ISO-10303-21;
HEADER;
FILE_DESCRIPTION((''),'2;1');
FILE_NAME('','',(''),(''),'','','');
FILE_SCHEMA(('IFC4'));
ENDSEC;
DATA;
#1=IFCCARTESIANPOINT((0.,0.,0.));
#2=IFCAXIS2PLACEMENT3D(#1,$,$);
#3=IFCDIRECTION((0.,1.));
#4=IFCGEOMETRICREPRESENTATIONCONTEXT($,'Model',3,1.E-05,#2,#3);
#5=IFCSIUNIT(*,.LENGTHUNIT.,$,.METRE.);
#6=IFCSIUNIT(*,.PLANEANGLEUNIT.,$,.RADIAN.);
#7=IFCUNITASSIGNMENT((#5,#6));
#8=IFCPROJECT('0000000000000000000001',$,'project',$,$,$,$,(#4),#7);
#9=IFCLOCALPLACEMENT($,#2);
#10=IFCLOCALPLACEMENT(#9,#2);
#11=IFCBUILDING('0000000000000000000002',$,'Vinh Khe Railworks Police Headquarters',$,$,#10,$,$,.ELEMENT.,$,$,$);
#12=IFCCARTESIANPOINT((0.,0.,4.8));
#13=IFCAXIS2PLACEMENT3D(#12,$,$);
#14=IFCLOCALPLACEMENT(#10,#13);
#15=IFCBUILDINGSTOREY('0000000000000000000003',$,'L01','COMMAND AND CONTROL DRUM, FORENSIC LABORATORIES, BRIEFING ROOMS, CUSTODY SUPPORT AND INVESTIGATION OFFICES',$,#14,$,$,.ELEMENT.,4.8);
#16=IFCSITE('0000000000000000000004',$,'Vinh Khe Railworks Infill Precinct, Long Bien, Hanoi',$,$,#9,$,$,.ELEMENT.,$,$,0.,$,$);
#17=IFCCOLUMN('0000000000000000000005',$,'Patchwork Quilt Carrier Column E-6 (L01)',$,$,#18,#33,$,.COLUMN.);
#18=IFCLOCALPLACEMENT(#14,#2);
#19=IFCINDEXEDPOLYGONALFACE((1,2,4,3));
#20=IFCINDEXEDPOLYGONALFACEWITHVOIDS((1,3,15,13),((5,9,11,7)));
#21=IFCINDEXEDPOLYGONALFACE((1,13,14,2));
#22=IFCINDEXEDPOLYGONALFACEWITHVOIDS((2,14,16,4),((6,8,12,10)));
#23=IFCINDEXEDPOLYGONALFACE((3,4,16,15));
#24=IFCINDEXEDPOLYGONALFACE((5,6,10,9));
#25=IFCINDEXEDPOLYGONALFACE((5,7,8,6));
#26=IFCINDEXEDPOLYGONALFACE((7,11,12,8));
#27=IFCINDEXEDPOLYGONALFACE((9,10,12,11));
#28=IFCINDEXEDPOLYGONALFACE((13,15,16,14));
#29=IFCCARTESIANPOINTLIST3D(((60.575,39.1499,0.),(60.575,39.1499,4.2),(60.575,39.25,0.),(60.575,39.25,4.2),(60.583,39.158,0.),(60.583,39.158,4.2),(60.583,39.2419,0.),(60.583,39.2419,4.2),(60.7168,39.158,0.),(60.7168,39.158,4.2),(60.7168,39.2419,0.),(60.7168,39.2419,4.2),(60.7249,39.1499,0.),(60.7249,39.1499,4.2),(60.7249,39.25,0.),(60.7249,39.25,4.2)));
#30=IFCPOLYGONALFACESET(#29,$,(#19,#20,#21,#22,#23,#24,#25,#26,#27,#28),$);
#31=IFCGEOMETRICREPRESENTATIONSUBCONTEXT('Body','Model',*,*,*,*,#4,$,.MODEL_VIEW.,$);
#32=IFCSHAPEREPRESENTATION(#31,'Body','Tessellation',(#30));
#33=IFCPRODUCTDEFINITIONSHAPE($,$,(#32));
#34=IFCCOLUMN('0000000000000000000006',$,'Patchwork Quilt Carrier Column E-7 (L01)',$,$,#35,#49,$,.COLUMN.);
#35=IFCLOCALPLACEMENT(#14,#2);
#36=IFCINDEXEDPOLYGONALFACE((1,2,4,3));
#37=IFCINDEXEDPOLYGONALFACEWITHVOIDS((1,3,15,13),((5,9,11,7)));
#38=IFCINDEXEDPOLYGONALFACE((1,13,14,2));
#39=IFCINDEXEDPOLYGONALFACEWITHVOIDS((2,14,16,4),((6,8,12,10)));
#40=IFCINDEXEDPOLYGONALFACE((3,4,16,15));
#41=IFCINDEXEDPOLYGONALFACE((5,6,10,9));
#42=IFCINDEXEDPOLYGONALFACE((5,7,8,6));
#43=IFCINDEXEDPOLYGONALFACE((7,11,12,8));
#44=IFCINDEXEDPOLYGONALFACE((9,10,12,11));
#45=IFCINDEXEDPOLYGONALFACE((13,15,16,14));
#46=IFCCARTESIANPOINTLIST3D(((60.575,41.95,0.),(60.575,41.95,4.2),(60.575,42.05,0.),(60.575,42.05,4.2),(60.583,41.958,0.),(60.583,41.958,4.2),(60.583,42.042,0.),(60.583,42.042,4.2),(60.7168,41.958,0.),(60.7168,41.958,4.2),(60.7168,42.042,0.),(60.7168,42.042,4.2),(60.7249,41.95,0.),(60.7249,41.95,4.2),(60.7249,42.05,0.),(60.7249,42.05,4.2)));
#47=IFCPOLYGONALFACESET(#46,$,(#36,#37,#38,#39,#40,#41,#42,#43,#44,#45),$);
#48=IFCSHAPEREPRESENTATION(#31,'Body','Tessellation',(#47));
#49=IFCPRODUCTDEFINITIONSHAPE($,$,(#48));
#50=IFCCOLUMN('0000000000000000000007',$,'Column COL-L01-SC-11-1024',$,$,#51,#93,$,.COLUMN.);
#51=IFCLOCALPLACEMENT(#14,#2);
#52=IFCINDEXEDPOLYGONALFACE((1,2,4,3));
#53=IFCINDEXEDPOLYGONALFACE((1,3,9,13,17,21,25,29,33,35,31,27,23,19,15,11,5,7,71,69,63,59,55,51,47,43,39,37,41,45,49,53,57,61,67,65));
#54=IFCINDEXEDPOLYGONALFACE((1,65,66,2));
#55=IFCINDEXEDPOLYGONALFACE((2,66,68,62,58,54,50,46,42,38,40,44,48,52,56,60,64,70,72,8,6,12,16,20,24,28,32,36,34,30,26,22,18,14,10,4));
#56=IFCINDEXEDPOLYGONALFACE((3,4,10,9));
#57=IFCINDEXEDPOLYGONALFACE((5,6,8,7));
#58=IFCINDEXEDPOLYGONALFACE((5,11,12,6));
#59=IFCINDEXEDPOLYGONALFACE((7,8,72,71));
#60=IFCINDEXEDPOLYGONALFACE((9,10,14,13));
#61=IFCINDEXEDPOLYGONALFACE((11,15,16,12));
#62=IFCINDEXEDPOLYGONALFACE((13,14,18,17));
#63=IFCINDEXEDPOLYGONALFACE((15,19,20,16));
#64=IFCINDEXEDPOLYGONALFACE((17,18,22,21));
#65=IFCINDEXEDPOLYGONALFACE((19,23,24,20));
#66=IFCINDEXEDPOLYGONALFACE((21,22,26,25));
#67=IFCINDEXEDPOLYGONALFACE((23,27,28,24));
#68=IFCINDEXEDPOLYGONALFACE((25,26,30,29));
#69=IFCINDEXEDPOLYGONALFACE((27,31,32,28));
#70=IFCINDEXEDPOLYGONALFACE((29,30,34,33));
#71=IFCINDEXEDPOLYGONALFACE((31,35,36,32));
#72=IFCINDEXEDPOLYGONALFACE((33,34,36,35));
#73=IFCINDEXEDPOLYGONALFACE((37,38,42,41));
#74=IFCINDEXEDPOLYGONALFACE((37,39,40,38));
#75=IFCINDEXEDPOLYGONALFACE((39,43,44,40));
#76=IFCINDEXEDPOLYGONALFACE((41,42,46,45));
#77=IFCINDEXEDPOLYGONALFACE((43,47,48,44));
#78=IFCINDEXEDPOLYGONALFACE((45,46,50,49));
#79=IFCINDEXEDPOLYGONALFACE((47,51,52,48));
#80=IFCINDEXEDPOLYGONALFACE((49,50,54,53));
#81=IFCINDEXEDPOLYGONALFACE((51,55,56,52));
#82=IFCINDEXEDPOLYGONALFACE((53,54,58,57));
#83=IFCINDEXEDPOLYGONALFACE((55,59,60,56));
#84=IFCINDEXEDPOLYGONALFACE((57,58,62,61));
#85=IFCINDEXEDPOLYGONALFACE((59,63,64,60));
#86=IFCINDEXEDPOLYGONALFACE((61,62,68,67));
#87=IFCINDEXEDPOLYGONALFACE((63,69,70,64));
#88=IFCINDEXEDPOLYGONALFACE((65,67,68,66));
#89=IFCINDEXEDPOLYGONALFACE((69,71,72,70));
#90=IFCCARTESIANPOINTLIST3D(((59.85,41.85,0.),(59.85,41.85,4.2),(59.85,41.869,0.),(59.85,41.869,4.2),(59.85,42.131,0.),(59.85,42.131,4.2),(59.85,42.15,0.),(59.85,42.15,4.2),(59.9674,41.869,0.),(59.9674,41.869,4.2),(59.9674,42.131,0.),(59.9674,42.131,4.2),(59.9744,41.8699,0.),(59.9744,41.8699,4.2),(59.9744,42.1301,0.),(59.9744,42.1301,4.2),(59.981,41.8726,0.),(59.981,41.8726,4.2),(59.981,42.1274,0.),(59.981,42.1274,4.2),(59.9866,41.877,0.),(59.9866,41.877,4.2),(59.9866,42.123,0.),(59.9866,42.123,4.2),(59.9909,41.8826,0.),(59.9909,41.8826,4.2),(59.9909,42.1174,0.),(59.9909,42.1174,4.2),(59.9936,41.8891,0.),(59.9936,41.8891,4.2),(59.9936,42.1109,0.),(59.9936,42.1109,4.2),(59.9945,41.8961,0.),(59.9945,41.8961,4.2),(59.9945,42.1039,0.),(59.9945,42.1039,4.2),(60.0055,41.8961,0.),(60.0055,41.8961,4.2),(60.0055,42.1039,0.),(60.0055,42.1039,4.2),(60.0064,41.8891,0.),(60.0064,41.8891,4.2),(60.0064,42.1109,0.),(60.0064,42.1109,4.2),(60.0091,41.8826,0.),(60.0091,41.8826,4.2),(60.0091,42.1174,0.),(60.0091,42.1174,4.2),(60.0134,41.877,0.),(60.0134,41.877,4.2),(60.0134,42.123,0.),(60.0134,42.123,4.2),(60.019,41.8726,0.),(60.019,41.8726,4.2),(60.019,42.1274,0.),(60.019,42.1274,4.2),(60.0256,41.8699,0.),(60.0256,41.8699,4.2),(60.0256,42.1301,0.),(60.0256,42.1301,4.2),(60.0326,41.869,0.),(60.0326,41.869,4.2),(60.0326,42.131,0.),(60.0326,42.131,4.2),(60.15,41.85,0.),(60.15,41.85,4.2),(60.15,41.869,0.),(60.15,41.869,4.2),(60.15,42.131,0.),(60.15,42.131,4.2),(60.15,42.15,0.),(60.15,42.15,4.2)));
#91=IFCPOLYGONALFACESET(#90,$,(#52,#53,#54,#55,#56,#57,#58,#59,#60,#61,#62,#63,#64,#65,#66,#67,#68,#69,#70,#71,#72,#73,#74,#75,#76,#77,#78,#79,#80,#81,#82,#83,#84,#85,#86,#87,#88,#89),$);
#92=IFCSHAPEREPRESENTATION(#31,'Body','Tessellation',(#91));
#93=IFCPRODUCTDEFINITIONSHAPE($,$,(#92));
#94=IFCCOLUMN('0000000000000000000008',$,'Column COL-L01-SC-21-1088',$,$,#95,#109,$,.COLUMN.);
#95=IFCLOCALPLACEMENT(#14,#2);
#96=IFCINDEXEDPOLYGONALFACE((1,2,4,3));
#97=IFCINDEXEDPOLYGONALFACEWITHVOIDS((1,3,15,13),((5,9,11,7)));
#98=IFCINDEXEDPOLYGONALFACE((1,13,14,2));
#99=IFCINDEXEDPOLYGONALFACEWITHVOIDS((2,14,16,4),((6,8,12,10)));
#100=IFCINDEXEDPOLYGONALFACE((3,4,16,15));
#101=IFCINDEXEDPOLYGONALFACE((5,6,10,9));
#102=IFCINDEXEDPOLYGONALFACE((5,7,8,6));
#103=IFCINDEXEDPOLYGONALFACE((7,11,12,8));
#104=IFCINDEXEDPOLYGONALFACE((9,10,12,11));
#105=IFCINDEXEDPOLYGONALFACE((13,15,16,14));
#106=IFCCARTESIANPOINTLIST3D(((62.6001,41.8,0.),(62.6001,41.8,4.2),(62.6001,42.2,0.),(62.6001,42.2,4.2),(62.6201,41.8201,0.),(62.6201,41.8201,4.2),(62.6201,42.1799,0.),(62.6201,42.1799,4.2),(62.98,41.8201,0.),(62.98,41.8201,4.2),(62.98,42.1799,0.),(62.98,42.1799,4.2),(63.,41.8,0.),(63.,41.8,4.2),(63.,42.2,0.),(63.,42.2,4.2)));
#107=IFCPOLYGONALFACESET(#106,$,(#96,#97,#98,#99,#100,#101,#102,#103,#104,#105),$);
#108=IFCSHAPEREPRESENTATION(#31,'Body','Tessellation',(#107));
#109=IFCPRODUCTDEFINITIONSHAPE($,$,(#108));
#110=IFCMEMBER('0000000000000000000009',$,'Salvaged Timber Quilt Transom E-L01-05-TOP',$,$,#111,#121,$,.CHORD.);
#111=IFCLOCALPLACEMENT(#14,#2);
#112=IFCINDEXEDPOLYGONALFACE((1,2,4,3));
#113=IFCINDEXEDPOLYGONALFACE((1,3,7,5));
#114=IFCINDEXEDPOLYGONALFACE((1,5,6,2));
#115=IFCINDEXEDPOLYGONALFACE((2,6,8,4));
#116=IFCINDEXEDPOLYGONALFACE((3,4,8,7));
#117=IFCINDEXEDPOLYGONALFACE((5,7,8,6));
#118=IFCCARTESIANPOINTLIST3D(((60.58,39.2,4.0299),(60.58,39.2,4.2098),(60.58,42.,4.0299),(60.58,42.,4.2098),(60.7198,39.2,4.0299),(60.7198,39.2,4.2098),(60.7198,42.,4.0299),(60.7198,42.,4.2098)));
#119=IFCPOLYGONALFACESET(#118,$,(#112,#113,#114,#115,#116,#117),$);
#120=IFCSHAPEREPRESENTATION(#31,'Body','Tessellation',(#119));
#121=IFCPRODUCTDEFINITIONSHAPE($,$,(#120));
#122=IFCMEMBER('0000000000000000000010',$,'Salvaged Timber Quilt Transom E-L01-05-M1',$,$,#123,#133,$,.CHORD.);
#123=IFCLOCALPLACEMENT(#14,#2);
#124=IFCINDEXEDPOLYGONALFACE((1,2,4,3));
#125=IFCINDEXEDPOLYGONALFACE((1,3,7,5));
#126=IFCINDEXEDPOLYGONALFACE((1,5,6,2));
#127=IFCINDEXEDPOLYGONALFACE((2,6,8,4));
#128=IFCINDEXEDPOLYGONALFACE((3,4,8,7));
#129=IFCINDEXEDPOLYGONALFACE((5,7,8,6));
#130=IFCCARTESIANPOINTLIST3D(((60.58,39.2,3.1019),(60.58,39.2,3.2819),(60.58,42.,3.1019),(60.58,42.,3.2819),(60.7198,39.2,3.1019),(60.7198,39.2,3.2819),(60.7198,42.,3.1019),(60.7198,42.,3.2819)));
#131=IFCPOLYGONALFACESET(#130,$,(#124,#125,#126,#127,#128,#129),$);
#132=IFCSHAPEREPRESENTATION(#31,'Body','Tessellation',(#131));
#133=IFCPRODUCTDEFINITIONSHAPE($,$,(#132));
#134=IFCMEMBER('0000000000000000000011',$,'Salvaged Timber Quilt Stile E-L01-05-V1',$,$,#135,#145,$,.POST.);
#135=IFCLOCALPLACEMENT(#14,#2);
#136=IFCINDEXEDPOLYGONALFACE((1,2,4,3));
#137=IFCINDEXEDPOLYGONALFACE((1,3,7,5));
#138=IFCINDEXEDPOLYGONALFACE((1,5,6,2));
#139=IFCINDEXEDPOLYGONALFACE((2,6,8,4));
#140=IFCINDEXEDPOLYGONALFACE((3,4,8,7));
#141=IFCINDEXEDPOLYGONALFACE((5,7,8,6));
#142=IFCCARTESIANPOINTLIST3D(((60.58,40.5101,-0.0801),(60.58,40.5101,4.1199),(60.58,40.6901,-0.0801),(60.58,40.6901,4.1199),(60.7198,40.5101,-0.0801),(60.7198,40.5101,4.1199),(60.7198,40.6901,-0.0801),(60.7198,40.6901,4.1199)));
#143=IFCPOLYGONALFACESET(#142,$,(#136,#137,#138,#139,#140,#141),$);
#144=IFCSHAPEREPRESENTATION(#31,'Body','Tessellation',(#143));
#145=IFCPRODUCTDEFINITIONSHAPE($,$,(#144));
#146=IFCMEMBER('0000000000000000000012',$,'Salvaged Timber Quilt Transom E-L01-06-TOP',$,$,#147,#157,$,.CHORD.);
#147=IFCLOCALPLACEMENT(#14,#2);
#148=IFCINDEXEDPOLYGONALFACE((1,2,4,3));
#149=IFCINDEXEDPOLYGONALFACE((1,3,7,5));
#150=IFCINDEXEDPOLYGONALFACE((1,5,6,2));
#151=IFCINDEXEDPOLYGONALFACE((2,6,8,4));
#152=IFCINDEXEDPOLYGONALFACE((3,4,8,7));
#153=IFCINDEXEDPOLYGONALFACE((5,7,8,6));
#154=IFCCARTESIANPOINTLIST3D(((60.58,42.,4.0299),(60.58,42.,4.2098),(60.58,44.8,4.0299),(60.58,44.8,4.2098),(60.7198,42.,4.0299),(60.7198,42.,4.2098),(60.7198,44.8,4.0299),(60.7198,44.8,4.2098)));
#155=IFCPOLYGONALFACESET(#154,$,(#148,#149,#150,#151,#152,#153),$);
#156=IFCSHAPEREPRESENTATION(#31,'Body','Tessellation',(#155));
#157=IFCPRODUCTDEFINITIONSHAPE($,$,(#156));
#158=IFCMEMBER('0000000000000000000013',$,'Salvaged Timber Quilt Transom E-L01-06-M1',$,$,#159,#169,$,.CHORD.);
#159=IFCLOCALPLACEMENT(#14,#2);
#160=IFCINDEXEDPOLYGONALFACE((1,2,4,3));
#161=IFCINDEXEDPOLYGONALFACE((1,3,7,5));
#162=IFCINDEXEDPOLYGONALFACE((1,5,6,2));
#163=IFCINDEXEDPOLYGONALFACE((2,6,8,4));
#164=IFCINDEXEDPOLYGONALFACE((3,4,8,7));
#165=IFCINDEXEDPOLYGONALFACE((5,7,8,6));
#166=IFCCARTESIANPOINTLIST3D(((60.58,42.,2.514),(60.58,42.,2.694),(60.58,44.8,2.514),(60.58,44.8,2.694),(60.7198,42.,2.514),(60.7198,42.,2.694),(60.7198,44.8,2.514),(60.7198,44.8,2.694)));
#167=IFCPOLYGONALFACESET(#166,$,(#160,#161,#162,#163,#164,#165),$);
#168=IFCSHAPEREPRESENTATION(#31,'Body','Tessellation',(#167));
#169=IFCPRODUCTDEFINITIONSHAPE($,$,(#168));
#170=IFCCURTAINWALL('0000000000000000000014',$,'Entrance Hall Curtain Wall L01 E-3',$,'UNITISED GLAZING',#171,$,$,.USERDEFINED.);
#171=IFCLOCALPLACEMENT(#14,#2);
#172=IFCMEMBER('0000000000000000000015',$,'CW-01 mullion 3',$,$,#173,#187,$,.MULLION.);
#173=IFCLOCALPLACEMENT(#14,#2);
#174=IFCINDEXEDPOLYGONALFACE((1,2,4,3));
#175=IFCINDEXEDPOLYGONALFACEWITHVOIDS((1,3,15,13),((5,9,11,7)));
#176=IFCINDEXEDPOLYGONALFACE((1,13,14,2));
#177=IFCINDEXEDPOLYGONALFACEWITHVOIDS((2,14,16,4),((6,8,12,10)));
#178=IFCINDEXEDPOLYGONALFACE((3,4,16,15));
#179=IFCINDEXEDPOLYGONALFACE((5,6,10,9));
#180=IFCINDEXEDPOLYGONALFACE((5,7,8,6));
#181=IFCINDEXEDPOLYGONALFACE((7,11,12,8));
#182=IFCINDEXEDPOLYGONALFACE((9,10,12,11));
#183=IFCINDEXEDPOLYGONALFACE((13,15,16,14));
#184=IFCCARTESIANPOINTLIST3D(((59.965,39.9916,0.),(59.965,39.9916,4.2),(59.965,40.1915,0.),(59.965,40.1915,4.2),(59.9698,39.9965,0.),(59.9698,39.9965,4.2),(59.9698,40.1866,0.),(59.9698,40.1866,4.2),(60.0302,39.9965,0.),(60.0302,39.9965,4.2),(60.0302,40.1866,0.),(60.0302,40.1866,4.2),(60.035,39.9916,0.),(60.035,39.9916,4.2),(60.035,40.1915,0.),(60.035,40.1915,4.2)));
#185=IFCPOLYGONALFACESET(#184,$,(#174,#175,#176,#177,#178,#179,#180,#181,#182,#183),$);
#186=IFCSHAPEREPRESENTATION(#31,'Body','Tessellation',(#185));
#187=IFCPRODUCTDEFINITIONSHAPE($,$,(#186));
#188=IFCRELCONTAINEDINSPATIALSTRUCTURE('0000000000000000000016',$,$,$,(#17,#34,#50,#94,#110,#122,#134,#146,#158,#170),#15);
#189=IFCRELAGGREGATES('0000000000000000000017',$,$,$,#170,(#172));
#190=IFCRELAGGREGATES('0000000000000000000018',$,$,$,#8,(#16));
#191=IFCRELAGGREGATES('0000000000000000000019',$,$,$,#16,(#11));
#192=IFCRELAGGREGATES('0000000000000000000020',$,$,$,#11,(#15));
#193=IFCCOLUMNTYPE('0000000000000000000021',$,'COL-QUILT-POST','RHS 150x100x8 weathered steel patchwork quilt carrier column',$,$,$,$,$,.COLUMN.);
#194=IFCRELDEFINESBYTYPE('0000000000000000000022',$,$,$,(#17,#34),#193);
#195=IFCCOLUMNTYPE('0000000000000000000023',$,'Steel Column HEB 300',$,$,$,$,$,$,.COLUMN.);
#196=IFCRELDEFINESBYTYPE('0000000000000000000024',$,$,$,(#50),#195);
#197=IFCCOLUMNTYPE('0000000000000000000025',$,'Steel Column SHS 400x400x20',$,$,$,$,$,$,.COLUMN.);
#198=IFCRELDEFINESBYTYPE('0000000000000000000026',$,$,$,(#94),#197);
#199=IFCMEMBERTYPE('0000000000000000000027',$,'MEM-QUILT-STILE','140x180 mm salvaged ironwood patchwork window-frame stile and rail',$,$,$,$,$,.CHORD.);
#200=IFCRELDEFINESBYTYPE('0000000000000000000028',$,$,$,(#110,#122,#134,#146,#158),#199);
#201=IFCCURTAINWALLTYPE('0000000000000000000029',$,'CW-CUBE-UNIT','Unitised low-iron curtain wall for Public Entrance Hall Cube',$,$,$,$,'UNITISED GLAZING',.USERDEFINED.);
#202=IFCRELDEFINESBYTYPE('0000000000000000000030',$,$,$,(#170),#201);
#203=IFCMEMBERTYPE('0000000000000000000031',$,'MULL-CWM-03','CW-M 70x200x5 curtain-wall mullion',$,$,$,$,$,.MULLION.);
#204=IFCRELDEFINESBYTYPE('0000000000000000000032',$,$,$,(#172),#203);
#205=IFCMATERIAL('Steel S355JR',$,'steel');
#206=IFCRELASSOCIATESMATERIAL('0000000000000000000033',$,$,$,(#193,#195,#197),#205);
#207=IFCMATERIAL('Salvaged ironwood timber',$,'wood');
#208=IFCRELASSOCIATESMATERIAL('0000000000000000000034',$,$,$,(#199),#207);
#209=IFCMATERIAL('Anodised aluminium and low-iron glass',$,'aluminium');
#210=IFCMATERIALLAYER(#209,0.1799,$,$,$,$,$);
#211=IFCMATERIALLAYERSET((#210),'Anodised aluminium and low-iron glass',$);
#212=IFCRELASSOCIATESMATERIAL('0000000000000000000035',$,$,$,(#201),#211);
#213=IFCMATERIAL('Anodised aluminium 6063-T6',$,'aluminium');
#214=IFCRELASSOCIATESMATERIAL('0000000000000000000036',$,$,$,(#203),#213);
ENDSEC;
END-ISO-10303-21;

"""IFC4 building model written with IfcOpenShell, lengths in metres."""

from ifc_helpers import new_model, si_unit, direction, frame, origin, origin_2d, place, context, subcontext, project, spatial, rectangle, hollow_rectangle, i_section, extrude, material, layer, layer_set, material_profile, profile_set, type_object, element, aggregate, save


model = new_model("IFC4")

# Units and contexts
model_context = context("Model", 3, precision=1e-05, world=origin(), true_north=direction((0.0, 1.0)))
body_context = subcontext(model_context, "Body", "Model", "MODEL_VIEW")
ifc_project = project(units=[si_unit("LENGTHUNIT", "METRE"), si_unit("PLANEANGLEUNIT", "RADIAN")], contexts=[model_context])

# Site, building, storey
site_placement = place(None, origin())
site = spatial("IfcSite", under=ifc_project, at=site_placement, Name="Vinh Khe Railworks Infill Precinct, Long Bien, Hanoi", CompositionType="ELEMENT", RefElevation=0.0)
building_placement = place(site_placement, origin())
building = spatial("IfcBuilding", under=site, at=building_placement, Name="Vinh Khe Railworks Police Headquarters", CompositionType="ELEMENT")
storey_placement = place(building_placement, frame((0.0, 0.0, 4.8)))
storey = spatial("IfcBuildingStorey", under=building, at=storey_placement, Name="L01", Description="COMMAND AND CONTROL DRUM, FORENSIC LABORATORIES, BRIEFING ROOMS, CUSTODY SUPPORT AND INVESTIGATION OFFICES", CompositionType="ELEMENT", Elevation=4.8)

# Columns
ifc_material_1 = material(Name="Steel S355JR", Category="steel")
ifc_material_profile_1 = material_profile(ifc_material_1, hollow_rectangle(XDim=0.1499, YDim=0.1001, WallThickness=0.0081, at=origin_2d()), Name="RHS 150x100x8")
ifc_profile_set_1 = profile_set([ifc_material_profile_1], Name="Steel S355JR")
column_type_1 = type_object("IfcColumnType", Name="COL-QUILT-POST", Description="RHS 150x100x8 weathered steel patchwork quilt carrier column", PredefinedType="COLUMN", material=ifc_profile_set_1)
for number, where, z_axis, x_axis, name in (
    (1, (60.6499, 39.2, 0.0), (0.0, 0.0, 1.0), (1.0, 0.0, 0.0), "Patchwork Quilt Carrier Column E-6 (L01)"),
    (2, (60.6499, 42.0, 0.0), (0.0, 0.0, 1.0), (1.0, 0.0, 0.0), "Patchwork Quilt Carrier Column E-7 (L01)"),
):
    element("IfcColumn", number, at=place(storey_placement, frame(where, z_axis=z_axis, x_axis=x_axis)), inside=storey, type_object=column_type_1, Name=name, PredefinedType="COLUMN", context=body_context, shape_type="SweptSolid", body=[
        extrude(hollow_rectangle(XDim=0.1499, YDim=0.1001, WallThickness=0.0081, at=origin_2d()), origin(), (0.0, 0.0, 1.0), 4.2),
    ])
ifc_material_profile_2 = material_profile(ifc_material_1, i_section(OverallWidth=0.3, OverallDepth=0.3, WebThickness=0.011, FlangeThickness=0.019, FilletRadius=0.0271, at=origin_2d()), Name="HEB 300")
ifc_profile_set_2 = profile_set([ifc_material_profile_2], Name="Steel S355JR")
column_type_2 = type_object("IfcColumnType", Name="Steel Column HEB 300", PredefinedType="COLUMN", material=ifc_profile_set_2)
column_1_placement = place(storey_placement, frame((60.0, 42.0, 0.0), z_axis=(0.0, 0.0, 1.0), x_axis=(1.0, 0.0, 0.0)))
element("IfcColumn", 3, at=column_1_placement, inside=storey, type_object=column_type_2, Name="Column COL-L01-SC-11-1024", PredefinedType="COLUMN", context=body_context, shape_type="SweptSolid", body=[
    extrude(i_section(OverallWidth=0.3, OverallDepth=0.3, WebThickness=0.011, FlangeThickness=0.019, FilletRadius=0.0271, at=origin_2d()), origin(), (0.0, 0.0, 1.0), 4.2),
])
ifc_material_profile_3 = material_profile(ifc_material_1, hollow_rectangle(XDim=0.3999, YDim=0.3999, WallThickness=0.02, at=origin_2d()), Name="SHS 400x400x20")
ifc_profile_set_3 = profile_set([ifc_material_profile_3], Name="Steel S355JR")
column_type_3 = type_object("IfcColumnType", Name="Steel Column SHS 400x400x20", PredefinedType="COLUMN", material=ifc_profile_set_3)
column_2_placement = place(storey_placement, frame((62.8, 42.0, 0.0), z_axis=(0.0, 0.0, 1.0), x_axis=(1.0, 0.0, 0.0)))
element("IfcColumn", 4, at=column_2_placement, inside=storey, type_object=column_type_3, Name="Column COL-L01-SC-21-1088", PredefinedType="COLUMN", context=body_context, shape_type="SweptSolid", body=[
    extrude(hollow_rectangle(XDim=0.3999, YDim=0.3999, WallThickness=0.02, at=origin_2d()), origin(), (0.0, 0.0, 1.0), 4.2),
])

# Members
ifc_material_2 = material(Name="Salvaged ironwood timber", Category="wood")
ifc_material_profile_4 = material_profile(ifc_material_2, rectangle(XDim=0.1399, YDim=0.1799, at=origin_2d()), Name="TIMBER 140x180")
ifc_profile_set_4 = profile_set([ifc_material_profile_4], Name="Salvaged ironwood timber")
member_type_1 = type_object("IfcMemberType", Name="MEM-QUILT-STILE", Description="140x180 mm salvaged ironwood patchwork window-frame stile and rail", PredefinedType="CHORD", material=ifc_profile_set_4)
for number, where, z_axis, x_axis, name in (
    (5, (60.6499, 39.2, 4.1199), (0.0, 1.0, 0.0), (-1.0, 0.0, 0.0), "Salvaged Timber Quilt Transom E-L01-05-TOP"),
    (6, (60.6499, 39.2, 3.1919), (0.0, 1.0, 0.0), (-1.0, 0.0, 0.0), "Salvaged Timber Quilt Transom E-L01-05-M1"),
):
    element("IfcMember", number, at=place(storey_placement, frame(where, z_axis=z_axis, x_axis=x_axis)), inside=storey, type_object=member_type_1, Name=name, PredefinedType="CHORD", context=body_context, shape_type="SweptSolid", body=[
        extrude(rectangle(XDim=0.1399, YDim=0.1799, at=origin_2d()), origin(), (0.0, 0.0, 1.0), 2.8),
    ])
member_1_placement = place(storey_placement, frame((60.6499, 40.6001, -0.0801), z_axis=(0.0, 0.0, 1.0), x_axis=(1.0, 0.0, 0.0)))
element("IfcMember", 7, at=member_1_placement, inside=storey, type_object=member_type_1, Name="Salvaged Timber Quilt Stile E-L01-05-V1", PredefinedType="POST", context=body_context, shape_type="SweptSolid", body=[
    extrude(rectangle(XDim=0.1399, YDim=0.1799, at=origin_2d()), origin(), (0.0, 0.0, 1.0), 4.2),
])
for number, where, z_axis, x_axis, name in (
    (8, (60.6499, 42.0, 4.1199), (0.0, 1.0, 0.0), (-1.0, 0.0, 0.0), "Salvaged Timber Quilt Transom E-L01-06-TOP"),
    (9, (60.6499, 42.0, 2.604), (0.0, 1.0, 0.0), (-1.0, 0.0, 0.0), "Salvaged Timber Quilt Transom E-L01-06-M1"),
):
    element("IfcMember", number, at=place(storey_placement, frame(where, z_axis=z_axis, x_axis=x_axis)), inside=storey, type_object=member_type_1, Name=name, PredefinedType="CHORD", context=body_context, shape_type="SweptSolid", body=[
        extrude(rectangle(XDim=0.1399, YDim=0.1799, at=origin_2d()), origin(), (0.0, 0.0, 1.0), 2.8),
    ])

# Curtain wall, member
ifc_material_3 = material(Name="Anodised aluminium and low-iron glass", Category="aluminium")
ifc_layer_1 = layer(ifc_material_3, 0.1799)
ifc_layer_set_1 = layer_set([ifc_layer_1], Name="Anodised aluminium and low-iron glass")
curtain_wall_type = type_object("IfcCurtainWallType", Name="CW-CUBE-UNIT", Description="Unitised low-iron curtain wall for Public Entrance Hall Cube", ElementType="UNITISED GLAZING", PredefinedType="USERDEFINED", material=ifc_layer_set_1)
curtain_wall_placement = place(storey_placement, origin())
curtain_wall = element("IfcCurtainWall", 10, at=curtain_wall_placement, inside=storey, type_object=curtain_wall_type, Name="Entrance Hall Curtain Wall L01 E-3", ObjectType="UNITISED GLAZING", PredefinedType="USERDEFINED")
ifc_material_4 = material(Name="Anodised aluminium 6063-T6", Category="aluminium")
ifc_material_profile_5 = material_profile(ifc_material_4, hollow_rectangle(XDim=0.0701, YDim=0.2, WallThickness=0.0049, at=origin_2d()), Name="CW-M 70x200x5")
ifc_profile_set_5 = profile_set([ifc_material_profile_5], Name="Anodised aluminium 6063-T6")
member_type_2 = type_object("IfcMemberType", Name="MULL-CWM-03", Description="CW-M 70x200x5 curtain-wall mullion", PredefinedType="MULLION", material=ifc_profile_set_5)
member_2_placement = place(storey_placement, frame((60.0, 40.0916, 0.0), z_axis=(0.0, 0.0, 1.0), x_axis=(-1.0, 0.0, 0.0)))
member_2 = element("IfcMember", 11, at=member_2_placement, type_object=member_type_2, Name="CW-01 mullion 3", PredefinedType="MULLION", context=body_context, shape_type="SweptSolid", body=[
    extrude(hollow_rectangle(XDim=0.0701, YDim=0.2, WallThickness=0.0049, at=origin_2d()), origin(), (0.0, 0.0, 1.0), 4.2),
])
aggregate(curtain_wall, [member_2])

save(model, "model.ifc")
